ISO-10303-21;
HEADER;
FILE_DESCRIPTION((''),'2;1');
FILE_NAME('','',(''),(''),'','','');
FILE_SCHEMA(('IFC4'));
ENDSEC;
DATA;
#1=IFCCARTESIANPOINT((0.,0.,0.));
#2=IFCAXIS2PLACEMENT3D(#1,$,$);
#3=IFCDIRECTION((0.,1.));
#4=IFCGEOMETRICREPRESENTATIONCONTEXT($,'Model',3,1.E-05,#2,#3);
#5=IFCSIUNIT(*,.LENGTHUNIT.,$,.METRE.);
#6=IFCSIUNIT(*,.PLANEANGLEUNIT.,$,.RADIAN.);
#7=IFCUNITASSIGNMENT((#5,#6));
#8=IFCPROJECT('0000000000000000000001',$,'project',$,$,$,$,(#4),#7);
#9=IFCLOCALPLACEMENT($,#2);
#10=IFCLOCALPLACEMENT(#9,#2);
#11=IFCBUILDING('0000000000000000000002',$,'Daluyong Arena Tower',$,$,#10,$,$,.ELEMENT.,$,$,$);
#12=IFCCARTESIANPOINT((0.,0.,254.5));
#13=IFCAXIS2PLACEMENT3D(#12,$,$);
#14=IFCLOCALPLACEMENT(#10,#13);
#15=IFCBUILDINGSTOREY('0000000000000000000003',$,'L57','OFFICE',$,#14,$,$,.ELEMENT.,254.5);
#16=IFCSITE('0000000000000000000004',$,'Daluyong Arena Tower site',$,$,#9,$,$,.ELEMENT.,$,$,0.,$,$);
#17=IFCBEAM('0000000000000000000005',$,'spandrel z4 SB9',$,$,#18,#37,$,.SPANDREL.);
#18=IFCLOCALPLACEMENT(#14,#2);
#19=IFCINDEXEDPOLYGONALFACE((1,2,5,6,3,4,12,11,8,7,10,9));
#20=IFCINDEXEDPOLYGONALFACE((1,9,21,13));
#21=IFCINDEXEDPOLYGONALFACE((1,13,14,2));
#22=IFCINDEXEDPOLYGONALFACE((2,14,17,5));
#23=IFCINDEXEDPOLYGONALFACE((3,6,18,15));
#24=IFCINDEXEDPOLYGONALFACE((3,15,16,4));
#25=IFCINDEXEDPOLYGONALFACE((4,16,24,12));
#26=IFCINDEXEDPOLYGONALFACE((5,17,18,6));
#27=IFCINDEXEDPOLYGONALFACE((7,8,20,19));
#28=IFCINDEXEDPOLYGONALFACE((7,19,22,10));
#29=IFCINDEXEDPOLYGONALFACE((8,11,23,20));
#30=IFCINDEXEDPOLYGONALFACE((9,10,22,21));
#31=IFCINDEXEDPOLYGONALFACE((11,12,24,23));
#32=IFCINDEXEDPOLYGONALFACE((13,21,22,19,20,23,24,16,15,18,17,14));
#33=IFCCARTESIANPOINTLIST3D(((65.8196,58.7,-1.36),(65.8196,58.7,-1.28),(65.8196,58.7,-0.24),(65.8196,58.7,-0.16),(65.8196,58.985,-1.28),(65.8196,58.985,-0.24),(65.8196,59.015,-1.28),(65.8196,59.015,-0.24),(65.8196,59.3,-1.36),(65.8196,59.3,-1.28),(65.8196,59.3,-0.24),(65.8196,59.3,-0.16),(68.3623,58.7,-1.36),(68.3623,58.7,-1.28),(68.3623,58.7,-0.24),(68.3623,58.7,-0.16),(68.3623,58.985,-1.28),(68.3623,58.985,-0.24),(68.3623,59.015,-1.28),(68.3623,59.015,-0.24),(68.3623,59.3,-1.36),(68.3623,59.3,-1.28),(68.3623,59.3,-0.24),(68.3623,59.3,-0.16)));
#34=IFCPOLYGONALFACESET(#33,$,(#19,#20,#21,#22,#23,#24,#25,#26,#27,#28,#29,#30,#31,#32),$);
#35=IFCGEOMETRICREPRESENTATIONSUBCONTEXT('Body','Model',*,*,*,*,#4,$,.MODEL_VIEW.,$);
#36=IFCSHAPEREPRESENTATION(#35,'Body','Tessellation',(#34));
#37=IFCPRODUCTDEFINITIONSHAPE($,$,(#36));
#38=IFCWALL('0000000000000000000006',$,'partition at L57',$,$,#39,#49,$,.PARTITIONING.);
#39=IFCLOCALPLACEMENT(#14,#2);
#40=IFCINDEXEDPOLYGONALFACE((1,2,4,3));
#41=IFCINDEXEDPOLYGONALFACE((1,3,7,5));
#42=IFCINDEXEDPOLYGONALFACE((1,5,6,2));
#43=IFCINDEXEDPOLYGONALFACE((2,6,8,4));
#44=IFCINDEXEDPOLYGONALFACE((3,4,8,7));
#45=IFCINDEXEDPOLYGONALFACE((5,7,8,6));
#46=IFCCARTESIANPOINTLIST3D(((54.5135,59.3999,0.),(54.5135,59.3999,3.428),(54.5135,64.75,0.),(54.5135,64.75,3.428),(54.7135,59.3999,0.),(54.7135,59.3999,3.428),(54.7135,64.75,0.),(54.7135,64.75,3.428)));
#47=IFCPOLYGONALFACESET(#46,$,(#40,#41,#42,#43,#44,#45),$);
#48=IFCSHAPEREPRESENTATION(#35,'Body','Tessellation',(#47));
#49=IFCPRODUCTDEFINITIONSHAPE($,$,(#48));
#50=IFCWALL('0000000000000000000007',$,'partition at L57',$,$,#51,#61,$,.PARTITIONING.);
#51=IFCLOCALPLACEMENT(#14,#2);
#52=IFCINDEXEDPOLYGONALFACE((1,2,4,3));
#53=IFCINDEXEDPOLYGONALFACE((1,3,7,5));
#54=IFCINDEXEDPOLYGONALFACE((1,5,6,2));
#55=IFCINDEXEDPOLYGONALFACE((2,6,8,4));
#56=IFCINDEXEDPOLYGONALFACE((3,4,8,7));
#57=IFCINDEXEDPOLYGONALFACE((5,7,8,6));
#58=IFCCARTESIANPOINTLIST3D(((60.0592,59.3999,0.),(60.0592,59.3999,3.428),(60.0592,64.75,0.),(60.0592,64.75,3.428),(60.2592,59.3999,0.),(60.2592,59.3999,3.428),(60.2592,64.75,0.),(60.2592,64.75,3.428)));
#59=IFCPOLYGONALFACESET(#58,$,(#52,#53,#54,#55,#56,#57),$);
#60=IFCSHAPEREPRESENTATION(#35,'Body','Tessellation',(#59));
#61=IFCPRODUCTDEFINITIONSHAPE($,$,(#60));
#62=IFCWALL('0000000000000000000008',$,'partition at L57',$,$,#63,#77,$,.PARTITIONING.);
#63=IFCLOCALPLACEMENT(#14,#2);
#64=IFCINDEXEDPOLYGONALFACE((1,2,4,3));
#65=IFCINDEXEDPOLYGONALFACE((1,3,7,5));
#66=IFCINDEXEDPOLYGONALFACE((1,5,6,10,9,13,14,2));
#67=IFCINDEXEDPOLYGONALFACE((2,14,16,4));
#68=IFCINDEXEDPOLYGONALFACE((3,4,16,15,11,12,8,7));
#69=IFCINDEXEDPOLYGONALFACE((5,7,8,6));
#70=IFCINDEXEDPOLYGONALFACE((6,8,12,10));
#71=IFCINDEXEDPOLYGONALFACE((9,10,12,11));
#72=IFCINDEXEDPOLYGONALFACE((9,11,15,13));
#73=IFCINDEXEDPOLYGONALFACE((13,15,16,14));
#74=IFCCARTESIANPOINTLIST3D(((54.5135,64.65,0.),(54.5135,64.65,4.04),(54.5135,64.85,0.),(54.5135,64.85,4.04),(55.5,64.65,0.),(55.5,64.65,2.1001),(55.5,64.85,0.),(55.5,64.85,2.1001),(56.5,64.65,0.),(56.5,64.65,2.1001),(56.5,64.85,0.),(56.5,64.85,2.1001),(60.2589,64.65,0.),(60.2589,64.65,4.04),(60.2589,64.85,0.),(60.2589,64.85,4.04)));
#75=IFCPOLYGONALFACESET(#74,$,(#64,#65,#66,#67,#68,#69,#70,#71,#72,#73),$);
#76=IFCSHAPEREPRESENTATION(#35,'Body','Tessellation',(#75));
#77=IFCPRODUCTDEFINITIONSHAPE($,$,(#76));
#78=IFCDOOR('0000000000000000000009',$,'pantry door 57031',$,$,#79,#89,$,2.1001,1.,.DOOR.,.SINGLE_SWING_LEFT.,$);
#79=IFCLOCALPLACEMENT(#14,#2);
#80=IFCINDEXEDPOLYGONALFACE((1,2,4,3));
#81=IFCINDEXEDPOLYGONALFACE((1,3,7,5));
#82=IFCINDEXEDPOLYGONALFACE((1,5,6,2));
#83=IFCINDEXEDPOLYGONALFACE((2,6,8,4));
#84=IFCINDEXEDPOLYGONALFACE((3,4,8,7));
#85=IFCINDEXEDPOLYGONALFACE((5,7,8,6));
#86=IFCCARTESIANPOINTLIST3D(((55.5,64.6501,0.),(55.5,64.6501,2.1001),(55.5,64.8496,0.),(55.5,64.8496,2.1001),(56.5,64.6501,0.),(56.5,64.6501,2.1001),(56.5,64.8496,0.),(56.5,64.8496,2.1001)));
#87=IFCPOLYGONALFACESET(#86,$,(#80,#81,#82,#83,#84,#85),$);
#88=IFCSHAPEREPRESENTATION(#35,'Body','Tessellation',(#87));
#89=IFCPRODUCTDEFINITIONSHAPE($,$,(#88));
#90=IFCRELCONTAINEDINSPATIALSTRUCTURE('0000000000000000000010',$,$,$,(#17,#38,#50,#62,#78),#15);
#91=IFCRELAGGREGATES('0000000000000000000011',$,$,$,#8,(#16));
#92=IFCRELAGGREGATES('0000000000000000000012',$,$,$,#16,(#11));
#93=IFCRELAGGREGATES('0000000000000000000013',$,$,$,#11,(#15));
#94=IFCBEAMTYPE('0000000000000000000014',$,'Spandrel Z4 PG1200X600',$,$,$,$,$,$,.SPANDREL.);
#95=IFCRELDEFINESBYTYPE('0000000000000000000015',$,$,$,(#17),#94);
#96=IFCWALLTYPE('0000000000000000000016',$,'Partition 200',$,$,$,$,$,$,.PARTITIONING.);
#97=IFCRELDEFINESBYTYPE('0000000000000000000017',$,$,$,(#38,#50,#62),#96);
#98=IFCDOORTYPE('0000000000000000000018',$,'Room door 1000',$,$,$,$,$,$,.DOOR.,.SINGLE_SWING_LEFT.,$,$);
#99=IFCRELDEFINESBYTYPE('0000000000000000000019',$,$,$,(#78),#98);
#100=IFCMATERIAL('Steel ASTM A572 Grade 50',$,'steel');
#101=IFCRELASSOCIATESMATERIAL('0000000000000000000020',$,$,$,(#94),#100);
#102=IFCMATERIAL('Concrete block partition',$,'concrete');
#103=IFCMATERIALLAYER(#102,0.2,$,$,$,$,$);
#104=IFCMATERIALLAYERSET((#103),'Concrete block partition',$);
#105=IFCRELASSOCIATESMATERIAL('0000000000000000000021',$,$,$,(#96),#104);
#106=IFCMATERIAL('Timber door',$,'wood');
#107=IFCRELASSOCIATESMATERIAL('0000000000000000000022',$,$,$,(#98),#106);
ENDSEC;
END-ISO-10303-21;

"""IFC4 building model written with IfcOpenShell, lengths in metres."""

from ifc_helpers import new_model, si_unit, direction, frame, frame_2d, origin, origin_2d, place, context, subcontext, project, spatial, rectangle, i_section, extrude, material, layer, layer_set, material_profile, profile_set, type_object, element, fill, save


model = new_model("IFC4")

# Units and contexts
model_context = context("Model", 3, precision=1e-05, world=origin(), true_north=direction((0.0, 1.0)))
body_context = subcontext(model_context, "Body", "Model", "MODEL_VIEW")
ifc_project = project(units=[si_unit("LENGTHUNIT", "METRE"), si_unit("PLANEANGLEUNIT", "RADIAN")], contexts=[model_context])

# Site, building, storey
site_placement = place(None, origin())
site = spatial("IfcSite", under=ifc_project, at=site_placement, Name="Daluyong Arena Tower site", CompositionType="ELEMENT", RefElevation=0.0)
building_placement = place(site_placement, origin())
building = spatial("IfcBuilding", under=site, at=building_placement, Name="Daluyong Arena Tower", CompositionType="ELEMENT")
storey_placement = place(building_placement, frame((0.0, 0.0, 254.5)))
storey = spatial("IfcBuildingStorey", under=building, at=storey_placement, Name="L57", Description="OFFICE", CompositionType="ELEMENT", Elevation=254.5)

# Beam
ifc_material_1 = material(Name="Steel ASTM A572 Grade 50", Category="steel")
ifc_material_profile_1 = material_profile(ifc_material_1, i_section(OverallWidth=0.6001, OverallDepth=1.2, WebThickness=0.03, FlangeThickness=0.08, at=origin_2d()))
ifc_profile_set_1 = profile_set([ifc_material_profile_1], Name="Steel ASTM A572 Grade 50")
beam_type_1 = type_object("IfcBeamType", Name="Spandrel Z4 PG1200X600", PredefinedType="SPANDREL", material=ifc_profile_set_1)
for number, where, z_axis, x_axis, name in (
    (1, (65.8196, 59.0, -0.76), (1.0, 0.0, 0.0), (0.0, 1.0, 0.0), "spandrel z4 SB9"),
):
    element("IfcBeam", number, at=place(storey_placement, frame(where, z_axis=z_axis, x_axis=x_axis)), inside=storey, type_object=beam_type_1, Name=name, PredefinedType="SPANDREL", context=body_context, shape_type="SweptSolid", body=[
        extrude(i_section(OverallWidth=0.6001, OverallDepth=1.2, WebThickness=0.03, FlangeThickness=0.08, at=origin_2d()), origin(), (0.0, 0.0, 1.0), 2.5427),
    ])

# Walls
ifc_material_2 = material(Name="Concrete block partition", Category="concrete")
ifc_layer_1 = layer(ifc_material_2, 0.2)
ifc_layer_set_1 = layer_set([ifc_layer_1], Name="Concrete block partition")
wall_type_1 = type_object("IfcWallType", Name="Partition 200", PredefinedType="PARTITIONING", material=ifc_layer_set_1)
for number, where, z_axis, x_axis, name in (
    (2, (54.6135, 59.3999, 0.0), (0.0, 0.0, 1.0), (0.0, 1.0, 0.0), "partition at L57"),
    (3, (60.1592, 59.3999, 0.0), (0.0, 0.0, 1.0), (0.0, 1.0, 0.0), "partition at L57"),
):
    element("IfcWall", number, at=place(storey_placement, frame(where, z_axis=z_axis, x_axis=x_axis)), inside=storey, type_object=wall_type_1, Name=name, PredefinedType="PARTITIONING", context=body_context, shape_type="SweptSolid", body=[
        extrude(rectangle(XDim=5.3501, YDim=0.2, at=frame_2d((2.675, 0.0))), origin(), (0.0, 0.0, 1.0), 3.428),
    ])

# Wall, opening, door
wall_1_placement = place(storey_placement, frame((54.5137, 64.75, 0.0), z_axis=(0.0, 0.0, 1.0), x_axis=(1.0, 0.0, 0.0)))
wall_1 = element("IfcWall", 4, at=wall_1_placement, inside=storey, type_object=wall_type_1, Name="partition at L57", PredefinedType="PARTITIONING", context=body_context, shape_type="SweptSolid", body=[
    extrude(rectangle(XDim=5.7454, YDim=0.2, at=frame_2d((2.8726, 0.0))), origin(), (0.0, 0.0, 1.0), 4.04),
])
opening_1_placement = place(wall_1_placement, frame((0.9863, 0.0, 0.0)))
opening_1 = element("IfcOpeningElement", 5, at=opening_1_placement, cuts=wall_1, PredefinedType="OPENING", context=body_context, shape_type="SweptSolid", body=[
    extrude(rectangle(XDim=1.0, YDim=2.1001, at=frame_2d((0.5, 1.05))), frame((0.0, 0.1099, 0.0), z_axis=(0.0, -1.0, 0.0), x_axis=(1.0, 0.0, 0.0)), (0.0, 0.0, 1.0), 0.22),
])
ifc_material_3 = material(Name="Timber door", Category="wood")
door_type_1 = type_object("IfcDoorType", Name="Room door 1000", OperationType="SINGLE_SWING_LEFT", PredefinedType="DOOR", material=ifc_material_3)
door_1_placement = place(opening_1_placement, origin())
door_1 = element("IfcDoor", 6, at=door_1_placement, inside=storey, type_object=door_type_1, Name="pantry door 57031", OperationType="SINGLE_SWING_LEFT", OverallHeight=2.1001, OverallWidth=1.0, PredefinedType="DOOR", context=body_context, shape_type="SweptSolid", body=[
    extrude(rectangle(XDim=1.0, YDim=2.1001, at=frame_2d((0.5, 1.05))), frame((0.0, 0.0996, 0.0), z_axis=(0.0, -1.0, 0.0), x_axis=(1.0, 0.0, 0.0)), (0.0, 0.0, 1.0), 0.1995),
])
fill(opening_1, door_1)

save(model, "model.ifc")
